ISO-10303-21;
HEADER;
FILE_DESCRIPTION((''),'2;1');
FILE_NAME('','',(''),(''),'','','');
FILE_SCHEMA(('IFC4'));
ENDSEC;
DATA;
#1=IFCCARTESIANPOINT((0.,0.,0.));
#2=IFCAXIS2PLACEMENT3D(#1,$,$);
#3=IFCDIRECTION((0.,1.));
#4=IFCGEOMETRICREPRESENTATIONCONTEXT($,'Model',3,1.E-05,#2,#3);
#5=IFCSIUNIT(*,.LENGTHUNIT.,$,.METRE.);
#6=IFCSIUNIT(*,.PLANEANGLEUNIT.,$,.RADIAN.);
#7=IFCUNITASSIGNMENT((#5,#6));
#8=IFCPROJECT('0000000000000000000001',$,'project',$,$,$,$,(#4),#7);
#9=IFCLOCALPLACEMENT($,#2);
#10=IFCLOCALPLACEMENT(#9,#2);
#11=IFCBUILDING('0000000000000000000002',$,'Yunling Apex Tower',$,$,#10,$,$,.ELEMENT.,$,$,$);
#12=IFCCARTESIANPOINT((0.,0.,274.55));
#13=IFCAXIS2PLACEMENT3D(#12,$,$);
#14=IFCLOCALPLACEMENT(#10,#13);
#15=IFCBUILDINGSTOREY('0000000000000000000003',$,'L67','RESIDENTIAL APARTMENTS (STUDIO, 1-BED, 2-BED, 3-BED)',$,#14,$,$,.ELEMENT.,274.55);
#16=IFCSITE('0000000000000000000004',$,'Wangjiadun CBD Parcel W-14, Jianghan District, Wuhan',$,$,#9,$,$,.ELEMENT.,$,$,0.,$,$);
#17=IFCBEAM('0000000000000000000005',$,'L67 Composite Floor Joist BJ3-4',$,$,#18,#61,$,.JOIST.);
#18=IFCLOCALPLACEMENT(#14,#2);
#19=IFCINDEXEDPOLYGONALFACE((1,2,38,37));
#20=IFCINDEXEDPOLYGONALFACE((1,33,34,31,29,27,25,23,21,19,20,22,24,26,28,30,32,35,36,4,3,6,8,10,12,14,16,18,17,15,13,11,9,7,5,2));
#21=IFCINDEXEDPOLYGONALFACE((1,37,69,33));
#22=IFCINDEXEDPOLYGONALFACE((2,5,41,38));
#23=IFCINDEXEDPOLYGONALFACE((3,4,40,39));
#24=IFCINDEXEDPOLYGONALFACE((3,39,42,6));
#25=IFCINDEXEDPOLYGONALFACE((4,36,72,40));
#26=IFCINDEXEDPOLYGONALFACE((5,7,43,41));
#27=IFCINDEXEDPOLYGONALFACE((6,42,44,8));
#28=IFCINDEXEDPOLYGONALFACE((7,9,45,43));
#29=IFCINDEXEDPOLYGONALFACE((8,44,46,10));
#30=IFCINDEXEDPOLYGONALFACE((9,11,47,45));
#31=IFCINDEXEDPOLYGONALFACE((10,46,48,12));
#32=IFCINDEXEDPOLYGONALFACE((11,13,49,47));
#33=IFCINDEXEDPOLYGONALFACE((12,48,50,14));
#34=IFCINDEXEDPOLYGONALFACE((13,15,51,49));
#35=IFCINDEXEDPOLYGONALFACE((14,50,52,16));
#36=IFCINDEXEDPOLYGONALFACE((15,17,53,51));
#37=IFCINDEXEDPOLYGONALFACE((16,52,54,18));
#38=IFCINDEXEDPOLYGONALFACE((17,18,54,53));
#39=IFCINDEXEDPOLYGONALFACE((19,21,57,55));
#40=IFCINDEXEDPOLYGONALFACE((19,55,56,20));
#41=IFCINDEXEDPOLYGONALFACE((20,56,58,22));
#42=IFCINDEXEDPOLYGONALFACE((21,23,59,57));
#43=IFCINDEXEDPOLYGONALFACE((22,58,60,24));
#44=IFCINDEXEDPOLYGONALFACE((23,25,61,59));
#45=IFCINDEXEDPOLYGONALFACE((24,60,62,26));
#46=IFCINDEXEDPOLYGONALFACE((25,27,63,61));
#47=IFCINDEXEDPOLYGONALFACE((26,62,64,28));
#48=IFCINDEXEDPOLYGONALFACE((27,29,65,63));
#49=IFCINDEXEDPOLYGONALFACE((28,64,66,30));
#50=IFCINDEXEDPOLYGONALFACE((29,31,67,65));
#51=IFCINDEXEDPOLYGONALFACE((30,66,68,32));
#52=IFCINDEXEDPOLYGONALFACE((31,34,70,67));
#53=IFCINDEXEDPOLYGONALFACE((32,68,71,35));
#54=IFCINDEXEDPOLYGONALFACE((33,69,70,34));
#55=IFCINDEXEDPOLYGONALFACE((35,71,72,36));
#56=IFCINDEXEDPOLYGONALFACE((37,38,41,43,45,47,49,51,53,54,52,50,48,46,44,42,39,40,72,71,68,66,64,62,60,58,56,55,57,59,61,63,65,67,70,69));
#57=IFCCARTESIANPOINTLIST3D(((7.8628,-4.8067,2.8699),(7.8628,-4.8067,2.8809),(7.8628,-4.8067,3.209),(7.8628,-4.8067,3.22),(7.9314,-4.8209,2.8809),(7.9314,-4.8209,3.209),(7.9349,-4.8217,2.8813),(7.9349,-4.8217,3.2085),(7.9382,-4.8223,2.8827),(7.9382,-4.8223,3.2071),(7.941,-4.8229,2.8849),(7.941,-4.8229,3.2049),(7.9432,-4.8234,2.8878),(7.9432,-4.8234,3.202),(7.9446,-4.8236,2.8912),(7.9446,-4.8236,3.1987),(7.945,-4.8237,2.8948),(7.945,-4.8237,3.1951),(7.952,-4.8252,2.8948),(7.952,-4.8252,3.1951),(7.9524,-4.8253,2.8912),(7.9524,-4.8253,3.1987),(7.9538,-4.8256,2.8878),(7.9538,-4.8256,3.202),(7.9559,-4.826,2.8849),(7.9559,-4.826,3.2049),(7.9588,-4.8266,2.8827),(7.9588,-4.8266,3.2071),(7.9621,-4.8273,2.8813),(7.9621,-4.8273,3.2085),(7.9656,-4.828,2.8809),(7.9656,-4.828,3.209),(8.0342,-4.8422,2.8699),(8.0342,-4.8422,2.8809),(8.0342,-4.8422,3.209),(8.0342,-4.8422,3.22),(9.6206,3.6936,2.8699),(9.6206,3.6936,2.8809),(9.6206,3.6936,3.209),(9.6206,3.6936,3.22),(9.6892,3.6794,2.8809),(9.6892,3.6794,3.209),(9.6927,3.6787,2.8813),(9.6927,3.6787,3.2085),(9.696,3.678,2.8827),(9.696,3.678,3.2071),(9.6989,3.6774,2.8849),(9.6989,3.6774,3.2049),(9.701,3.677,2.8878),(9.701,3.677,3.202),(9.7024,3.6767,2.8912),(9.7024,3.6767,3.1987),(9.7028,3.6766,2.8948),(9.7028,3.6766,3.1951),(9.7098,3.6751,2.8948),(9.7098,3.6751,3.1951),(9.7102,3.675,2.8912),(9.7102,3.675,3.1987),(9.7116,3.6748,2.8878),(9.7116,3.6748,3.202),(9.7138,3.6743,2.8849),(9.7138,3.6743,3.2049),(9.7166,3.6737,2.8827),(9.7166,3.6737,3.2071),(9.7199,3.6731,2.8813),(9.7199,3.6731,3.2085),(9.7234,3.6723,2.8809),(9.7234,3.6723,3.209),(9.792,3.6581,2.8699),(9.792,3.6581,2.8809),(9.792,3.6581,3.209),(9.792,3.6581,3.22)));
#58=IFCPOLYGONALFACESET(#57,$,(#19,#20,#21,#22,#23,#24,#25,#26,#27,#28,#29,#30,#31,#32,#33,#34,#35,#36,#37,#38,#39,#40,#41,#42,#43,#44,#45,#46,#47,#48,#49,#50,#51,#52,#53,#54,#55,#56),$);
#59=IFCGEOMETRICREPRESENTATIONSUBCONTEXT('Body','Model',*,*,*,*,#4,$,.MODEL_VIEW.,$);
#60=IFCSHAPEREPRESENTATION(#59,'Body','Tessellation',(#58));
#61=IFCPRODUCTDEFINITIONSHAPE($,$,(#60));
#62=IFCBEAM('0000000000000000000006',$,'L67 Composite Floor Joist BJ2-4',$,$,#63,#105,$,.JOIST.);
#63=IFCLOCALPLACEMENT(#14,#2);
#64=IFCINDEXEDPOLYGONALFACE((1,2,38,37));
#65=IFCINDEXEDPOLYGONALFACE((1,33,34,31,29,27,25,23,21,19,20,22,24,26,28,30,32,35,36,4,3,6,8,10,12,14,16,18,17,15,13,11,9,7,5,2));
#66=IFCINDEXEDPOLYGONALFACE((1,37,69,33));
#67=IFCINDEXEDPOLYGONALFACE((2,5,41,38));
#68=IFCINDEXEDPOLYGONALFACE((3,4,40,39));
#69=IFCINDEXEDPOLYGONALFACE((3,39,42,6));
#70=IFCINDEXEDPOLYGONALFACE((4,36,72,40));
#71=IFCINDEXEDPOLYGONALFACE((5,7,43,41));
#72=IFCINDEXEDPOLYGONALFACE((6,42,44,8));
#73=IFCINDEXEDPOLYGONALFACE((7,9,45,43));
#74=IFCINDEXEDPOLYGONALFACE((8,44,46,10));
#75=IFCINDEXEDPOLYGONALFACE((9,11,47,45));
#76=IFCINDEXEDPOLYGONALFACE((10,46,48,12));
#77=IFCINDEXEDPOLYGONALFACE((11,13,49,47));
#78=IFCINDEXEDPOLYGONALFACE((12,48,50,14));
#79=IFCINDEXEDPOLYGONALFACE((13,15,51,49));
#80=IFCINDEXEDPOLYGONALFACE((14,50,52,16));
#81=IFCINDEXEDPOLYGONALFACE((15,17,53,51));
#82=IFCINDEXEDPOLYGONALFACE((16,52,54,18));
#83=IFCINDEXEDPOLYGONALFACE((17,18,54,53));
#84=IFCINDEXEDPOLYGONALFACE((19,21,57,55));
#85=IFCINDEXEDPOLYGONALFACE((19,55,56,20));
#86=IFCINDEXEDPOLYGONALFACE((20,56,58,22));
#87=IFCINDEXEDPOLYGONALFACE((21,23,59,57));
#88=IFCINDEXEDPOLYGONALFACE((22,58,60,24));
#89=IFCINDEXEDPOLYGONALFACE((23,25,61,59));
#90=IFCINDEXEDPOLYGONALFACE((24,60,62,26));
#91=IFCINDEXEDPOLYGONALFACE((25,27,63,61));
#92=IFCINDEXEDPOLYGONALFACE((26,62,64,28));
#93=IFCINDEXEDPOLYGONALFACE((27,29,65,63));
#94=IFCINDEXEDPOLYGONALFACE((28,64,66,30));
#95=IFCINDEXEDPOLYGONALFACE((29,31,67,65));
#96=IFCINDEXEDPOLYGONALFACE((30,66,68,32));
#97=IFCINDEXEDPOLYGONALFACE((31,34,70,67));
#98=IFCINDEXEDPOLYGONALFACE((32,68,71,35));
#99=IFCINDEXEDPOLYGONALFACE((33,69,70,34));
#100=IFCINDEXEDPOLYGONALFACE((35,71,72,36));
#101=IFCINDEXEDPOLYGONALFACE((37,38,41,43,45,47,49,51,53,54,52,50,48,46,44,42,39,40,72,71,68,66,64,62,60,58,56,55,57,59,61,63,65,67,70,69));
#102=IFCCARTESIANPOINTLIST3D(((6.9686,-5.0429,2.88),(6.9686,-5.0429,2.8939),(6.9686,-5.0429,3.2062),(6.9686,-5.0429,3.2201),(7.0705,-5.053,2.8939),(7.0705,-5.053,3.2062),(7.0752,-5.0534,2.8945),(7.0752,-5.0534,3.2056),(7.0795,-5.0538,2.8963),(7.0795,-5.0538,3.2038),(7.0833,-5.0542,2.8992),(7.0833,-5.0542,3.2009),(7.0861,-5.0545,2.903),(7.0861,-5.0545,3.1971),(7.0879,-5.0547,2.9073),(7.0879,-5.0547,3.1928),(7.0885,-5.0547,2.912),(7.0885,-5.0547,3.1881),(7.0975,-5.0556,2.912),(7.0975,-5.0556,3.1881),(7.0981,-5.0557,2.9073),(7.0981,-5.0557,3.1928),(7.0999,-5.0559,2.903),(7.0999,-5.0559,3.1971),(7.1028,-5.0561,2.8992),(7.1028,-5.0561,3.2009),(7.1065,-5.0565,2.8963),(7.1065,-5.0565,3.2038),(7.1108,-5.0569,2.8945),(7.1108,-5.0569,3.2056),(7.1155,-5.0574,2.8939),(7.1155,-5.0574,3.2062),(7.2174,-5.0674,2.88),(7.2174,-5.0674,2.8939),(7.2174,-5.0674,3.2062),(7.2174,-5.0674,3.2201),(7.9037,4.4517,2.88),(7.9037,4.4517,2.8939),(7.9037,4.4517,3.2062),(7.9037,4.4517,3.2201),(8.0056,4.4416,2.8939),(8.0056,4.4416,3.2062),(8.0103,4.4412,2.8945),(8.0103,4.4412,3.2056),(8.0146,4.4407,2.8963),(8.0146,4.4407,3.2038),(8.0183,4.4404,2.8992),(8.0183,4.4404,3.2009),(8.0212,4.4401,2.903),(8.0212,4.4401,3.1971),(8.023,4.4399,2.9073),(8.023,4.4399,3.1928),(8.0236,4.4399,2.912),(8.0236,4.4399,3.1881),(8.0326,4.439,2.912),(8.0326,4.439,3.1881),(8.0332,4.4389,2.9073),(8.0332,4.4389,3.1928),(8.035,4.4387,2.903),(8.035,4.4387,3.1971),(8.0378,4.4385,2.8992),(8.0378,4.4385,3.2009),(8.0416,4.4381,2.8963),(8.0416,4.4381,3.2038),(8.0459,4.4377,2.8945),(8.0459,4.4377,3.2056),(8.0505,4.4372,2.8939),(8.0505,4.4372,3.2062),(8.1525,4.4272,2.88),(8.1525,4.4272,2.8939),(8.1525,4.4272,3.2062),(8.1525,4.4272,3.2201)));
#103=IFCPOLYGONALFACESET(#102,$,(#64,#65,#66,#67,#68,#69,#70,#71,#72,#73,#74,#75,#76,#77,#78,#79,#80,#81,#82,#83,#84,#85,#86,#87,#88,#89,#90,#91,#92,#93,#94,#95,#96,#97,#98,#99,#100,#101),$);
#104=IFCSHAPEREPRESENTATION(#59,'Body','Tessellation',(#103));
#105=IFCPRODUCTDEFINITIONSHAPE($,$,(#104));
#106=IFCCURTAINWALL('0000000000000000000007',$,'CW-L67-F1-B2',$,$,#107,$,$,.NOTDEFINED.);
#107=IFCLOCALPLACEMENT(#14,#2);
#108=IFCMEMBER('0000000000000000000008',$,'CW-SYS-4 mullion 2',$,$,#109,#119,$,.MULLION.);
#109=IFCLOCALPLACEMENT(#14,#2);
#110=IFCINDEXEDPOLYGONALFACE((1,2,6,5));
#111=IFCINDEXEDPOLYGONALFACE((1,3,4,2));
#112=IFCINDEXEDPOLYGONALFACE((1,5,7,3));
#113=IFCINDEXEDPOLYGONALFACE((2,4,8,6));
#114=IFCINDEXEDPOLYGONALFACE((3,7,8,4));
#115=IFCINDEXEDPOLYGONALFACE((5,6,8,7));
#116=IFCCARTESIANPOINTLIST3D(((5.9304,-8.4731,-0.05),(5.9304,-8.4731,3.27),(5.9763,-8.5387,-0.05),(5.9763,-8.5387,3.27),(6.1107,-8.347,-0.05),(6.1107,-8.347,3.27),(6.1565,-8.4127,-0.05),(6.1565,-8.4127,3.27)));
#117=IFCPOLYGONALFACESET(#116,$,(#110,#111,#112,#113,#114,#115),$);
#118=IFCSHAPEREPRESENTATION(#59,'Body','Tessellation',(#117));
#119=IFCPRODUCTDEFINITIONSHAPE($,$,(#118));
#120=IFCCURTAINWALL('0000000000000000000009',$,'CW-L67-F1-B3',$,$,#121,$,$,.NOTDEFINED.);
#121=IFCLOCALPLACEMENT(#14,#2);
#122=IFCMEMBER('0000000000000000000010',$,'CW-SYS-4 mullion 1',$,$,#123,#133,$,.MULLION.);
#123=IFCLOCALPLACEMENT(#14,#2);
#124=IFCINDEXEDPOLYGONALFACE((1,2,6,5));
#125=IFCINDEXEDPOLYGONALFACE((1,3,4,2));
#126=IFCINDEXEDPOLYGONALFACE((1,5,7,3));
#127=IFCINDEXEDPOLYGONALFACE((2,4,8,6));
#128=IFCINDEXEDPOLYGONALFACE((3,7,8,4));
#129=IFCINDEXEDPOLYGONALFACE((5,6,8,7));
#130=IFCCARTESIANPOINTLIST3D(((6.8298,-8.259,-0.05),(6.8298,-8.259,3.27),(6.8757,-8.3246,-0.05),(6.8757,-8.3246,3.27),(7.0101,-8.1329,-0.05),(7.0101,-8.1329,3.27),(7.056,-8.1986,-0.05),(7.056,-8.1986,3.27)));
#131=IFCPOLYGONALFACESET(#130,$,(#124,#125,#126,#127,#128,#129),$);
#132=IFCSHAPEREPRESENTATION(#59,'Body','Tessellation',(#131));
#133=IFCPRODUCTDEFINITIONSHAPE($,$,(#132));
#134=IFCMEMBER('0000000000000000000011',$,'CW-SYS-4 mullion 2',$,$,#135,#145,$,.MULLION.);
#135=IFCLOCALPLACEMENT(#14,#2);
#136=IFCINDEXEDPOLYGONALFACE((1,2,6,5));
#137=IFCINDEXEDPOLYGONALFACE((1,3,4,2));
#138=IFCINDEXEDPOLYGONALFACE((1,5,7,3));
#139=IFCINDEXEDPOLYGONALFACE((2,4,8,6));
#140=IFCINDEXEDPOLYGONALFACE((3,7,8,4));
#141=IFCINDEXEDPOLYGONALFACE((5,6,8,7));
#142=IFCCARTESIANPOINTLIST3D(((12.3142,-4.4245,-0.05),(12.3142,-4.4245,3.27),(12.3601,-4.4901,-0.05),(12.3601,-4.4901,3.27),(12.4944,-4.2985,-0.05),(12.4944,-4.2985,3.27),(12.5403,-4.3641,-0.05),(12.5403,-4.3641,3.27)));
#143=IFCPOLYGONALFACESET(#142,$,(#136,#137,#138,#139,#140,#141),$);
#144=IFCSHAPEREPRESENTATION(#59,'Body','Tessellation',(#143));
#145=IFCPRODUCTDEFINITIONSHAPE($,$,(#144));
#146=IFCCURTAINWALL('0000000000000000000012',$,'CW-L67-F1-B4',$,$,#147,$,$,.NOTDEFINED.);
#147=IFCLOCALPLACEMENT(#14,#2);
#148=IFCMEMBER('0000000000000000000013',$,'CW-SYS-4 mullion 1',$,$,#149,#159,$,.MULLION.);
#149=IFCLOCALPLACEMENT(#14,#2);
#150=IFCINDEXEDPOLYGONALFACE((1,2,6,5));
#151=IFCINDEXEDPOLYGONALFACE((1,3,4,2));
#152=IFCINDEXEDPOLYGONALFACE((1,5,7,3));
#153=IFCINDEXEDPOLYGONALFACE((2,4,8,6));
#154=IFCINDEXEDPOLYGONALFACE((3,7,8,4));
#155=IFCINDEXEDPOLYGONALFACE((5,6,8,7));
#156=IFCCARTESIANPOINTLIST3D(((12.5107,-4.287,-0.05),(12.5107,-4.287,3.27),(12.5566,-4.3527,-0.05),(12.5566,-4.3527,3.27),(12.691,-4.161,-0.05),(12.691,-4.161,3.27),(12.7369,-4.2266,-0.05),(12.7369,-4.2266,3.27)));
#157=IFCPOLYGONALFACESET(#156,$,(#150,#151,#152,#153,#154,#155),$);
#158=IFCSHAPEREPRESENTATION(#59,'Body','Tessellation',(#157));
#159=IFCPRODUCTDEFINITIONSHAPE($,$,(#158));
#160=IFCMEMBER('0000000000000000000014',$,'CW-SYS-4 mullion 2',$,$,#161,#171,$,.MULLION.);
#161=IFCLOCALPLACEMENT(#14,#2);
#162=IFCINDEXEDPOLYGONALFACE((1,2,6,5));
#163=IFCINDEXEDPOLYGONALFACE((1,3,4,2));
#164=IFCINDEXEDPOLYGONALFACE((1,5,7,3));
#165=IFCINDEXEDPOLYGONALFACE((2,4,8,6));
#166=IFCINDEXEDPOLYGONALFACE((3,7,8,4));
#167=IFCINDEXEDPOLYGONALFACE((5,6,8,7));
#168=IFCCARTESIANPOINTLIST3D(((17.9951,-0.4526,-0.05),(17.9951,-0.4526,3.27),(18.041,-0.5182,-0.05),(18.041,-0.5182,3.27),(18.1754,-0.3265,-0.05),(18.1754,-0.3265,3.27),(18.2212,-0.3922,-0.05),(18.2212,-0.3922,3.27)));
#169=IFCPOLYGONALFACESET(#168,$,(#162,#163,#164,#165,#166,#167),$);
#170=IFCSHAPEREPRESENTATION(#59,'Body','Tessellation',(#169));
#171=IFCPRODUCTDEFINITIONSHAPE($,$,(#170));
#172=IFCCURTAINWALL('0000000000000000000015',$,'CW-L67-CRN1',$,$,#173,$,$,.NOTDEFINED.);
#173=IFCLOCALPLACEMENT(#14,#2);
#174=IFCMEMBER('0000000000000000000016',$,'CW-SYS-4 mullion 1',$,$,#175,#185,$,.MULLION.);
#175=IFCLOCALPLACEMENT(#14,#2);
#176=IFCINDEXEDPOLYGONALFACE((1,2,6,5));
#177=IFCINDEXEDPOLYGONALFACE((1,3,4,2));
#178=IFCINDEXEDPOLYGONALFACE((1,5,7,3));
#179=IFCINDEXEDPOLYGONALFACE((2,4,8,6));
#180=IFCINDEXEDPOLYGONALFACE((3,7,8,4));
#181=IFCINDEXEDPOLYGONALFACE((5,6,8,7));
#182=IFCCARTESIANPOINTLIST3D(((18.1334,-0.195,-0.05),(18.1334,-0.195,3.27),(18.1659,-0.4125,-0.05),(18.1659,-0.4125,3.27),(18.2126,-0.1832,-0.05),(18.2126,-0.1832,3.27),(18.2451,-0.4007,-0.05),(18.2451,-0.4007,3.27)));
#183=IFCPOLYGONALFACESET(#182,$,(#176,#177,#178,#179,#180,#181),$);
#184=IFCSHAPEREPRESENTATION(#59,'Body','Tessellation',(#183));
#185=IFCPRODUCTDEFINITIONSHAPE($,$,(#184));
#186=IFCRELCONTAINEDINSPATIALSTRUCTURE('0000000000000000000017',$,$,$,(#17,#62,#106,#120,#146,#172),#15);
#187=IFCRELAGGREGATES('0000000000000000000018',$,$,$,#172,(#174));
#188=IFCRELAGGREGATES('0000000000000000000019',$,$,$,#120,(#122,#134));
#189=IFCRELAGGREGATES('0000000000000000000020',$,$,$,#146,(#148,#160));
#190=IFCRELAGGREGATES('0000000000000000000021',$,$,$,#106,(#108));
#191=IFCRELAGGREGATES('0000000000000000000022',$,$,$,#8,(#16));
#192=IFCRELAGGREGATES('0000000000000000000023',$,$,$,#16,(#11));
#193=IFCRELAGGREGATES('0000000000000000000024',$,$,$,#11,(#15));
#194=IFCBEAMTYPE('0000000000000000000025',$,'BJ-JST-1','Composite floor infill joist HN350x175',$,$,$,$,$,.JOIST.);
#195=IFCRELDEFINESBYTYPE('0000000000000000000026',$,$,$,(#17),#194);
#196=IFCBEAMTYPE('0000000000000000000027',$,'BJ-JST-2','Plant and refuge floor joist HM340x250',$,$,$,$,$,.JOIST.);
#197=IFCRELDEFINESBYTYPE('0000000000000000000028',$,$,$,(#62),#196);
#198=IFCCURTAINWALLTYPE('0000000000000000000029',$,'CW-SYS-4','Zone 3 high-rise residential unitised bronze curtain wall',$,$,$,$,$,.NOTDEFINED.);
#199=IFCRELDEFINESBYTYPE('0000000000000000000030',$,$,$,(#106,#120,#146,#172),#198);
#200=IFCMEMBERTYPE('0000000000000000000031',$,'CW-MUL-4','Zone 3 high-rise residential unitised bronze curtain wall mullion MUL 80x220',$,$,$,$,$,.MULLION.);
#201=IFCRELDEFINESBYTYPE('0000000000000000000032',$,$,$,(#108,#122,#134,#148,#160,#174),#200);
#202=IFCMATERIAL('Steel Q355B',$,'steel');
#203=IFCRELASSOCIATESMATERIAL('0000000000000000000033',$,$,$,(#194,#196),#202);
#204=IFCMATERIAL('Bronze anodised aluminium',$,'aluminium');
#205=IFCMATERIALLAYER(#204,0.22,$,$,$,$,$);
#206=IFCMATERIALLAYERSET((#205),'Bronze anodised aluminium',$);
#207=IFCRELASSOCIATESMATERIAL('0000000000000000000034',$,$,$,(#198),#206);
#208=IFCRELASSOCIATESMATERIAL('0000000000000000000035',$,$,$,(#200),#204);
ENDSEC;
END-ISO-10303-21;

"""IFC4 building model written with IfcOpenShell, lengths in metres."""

from ifc_helpers import new_model, si_unit, direction, frame, origin, origin_2d, place, context, subcontext, project, spatial, rectangle, i_section, extrude, source, transform, mapped, material, layer, layer_set, material_profile, profile_set, type_object, element, aggregate, save


model = new_model("IFC4")

# Units and contexts
model_context = context("Model", 3, precision=1e-05, world=origin(), true_north=direction((0.0, 1.0)))
body_context = subcontext(model_context, "Body", "Model", "MODEL_VIEW")
ifc_project = project(units=[si_unit("LENGTHUNIT", "METRE"), si_unit("PLANEANGLEUNIT", "RADIAN")], contexts=[model_context])

# Site, building, storey
site_placement = place(None, origin())
site = spatial("IfcSite", under=ifc_project, at=site_placement, Name="Wangjiadun CBD Parcel W-14, Jianghan District, Wuhan", CompositionType="ELEMENT", RefElevation=0.0)
building_placement = place(site_placement, origin())
building = spatial("IfcBuilding", under=site, at=building_placement, Name="Yunling Apex Tower", CompositionType="ELEMENT")
storey_placement = place(building_placement, frame((0.0, 0.0, 274.55)))
storey = spatial("IfcBuildingStorey", under=building, at=storey_placement, Name="L67", Description="RESIDENTIAL APARTMENTS (STUDIO, 1-BED, 2-BED, 3-BED)", CompositionType="ELEMENT", Elevation=274.55)

# Shared definitions
ifc_material_1 = material(Name="Steel Q355B", Category="steel")

# Beams
ifc_material_profile_1 = material_profile(ifc_material_1, i_section(OverallWidth=0.175, OverallDepth=0.3501, WebThickness=0.0071, FlangeThickness=0.011, FilletRadius=0.0139, at=origin_2d()))
ifc_profile_set_1 = profile_set([ifc_material_profile_1], Name="Steel Q355B")
beam_type_1 = type_object("IfcBeamType", Name="BJ-JST-1", Description="Composite floor infill joist HN350x175", PredefinedType="JOIST", material=ifc_profile_set_1)
shared_shape_1 = source(origin(), body_context, "Body", "SweptSolid", [
    extrude(i_section(OverallWidth=0.175, OverallDepth=0.3501, WebThickness=0.0071, FlangeThickness=0.011, FilletRadius=0.0139, at=origin_2d()), origin(), (0.0, 0.0, 1.0), 8.6802),
])
beam_1_placement = place(storey_placement, frame((7.9485, -4.8245, 3.0449), z_axis=(0.202511, 0.97928, 0.0), x_axis=(-0.97928, 0.202511, 0.0)))
element("IfcBeam", 1, at=beam_1_placement, inside=storey, type_object=beam_type_1, Name="L67 Composite Floor Joist BJ3-4", PredefinedType="JOIST", context=body_context, shape_type="MappedRepresentation", body=[
    mapped(shared_shape_1, transform((0.0, 0.0, 0.0), scale=1.0)),
])
ifc_material_profile_2 = material_profile(ifc_material_1, i_section(OverallWidth=0.25, OverallDepth=0.3401, WebThickness=0.009, FlangeThickness=0.0139, FilletRadius=0.0181, at=origin_2d()))
ifc_profile_set_2 = profile_set([ifc_material_profile_2], Name="Steel Q355B")
beam_type_2 = type_object("IfcBeamType", Name="BJ-JST-2", Description="Plant and refuge floor joist HM340x250", PredefinedType="JOIST", material=ifc_profile_set_2)
shared_shape_2 = source(origin(), body_context, "Body", "SweptSolid", [
    extrude(i_section(OverallWidth=0.25, OverallDepth=0.3401, WebThickness=0.009, FlangeThickness=0.0139, FilletRadius=0.0181, at=origin_2d()), origin(), (0.0, 0.0, 1.0), 9.5405),
])
beam_2_placement = place(storey_placement, frame((7.093, -5.0552, 3.05), z_axis=(0.098009, 0.995186, 0.0), x_axis=(-0.995186, 0.098009, 0.0)))
element("IfcBeam", 2, at=beam_2_placement, inside=storey, type_object=beam_type_2, Name="L67 Composite Floor Joist BJ2-4", PredefinedType="JOIST", context=body_context, shape_type="MappedRepresentation", body=[
    mapped(shared_shape_2, transform((0.0, 0.0, 0.0), scale=1.0)),
])

# Curtain wall, member
ifc_material_2 = material(Name="Bronze anodised aluminium", Category="aluminium")
ifc_layer_1 = layer(ifc_material_2, 0.22)
ifc_layer_set_1 = layer_set([ifc_layer_1], Name="Bronze anodised aluminium")
curtain_wall_type = type_object("IfcCurtainWallType", Name="CW-SYS-4", Description="Zone 3 high-rise residential unitised bronze curtain wall", PredefinedType="NOTDEFINED", material=ifc_layer_set_1)
curtain_wall_1_placement = place(storey_placement, origin())
curtain_wall_1 = element("IfcCurtainWall", 3, at=curtain_wall_1_placement, inside=storey, type_object=curtain_wall_type, Name="CW-L67-F1-B2", PredefinedType="NOTDEFINED")
ifc_material_profile_3 = material_profile(ifc_material_2, rectangle(XDim=0.0801, YDim=0.22, at=origin_2d()))
ifc_profile_set_3 = profile_set([ifc_material_profile_3], Name="Bronze anodised aluminium")
member_type_1 = type_object("IfcMemberType", Name="CW-MUL-4", Description="Zone 3 high-rise residential unitised bronze curtain wall mullion MUL 80x220", PredefinedType="MULLION", material=ifc_profile_set_3)
shared_shape_3 = source(origin(), body_context, "Body", "SweptSolid", [
    extrude(rectangle(XDim=0.0801, YDim=0.22, at=origin_2d()), origin(), (0.0, 0.0, 1.0), 3.3201),
])
member_1_placement = place(storey_placement, frame((6.0435, -8.4429, -0.05), z_axis=(0.0, 0.0, 1.0), x_axis=(-0.572999, 0.819556, 0.0)))
member_1 = element("IfcMember", 4, at=member_1_placement, type_object=member_type_1, Name="CW-SYS-4 mullion 2", PredefinedType="MULLION", context=body_context, shape_type="MappedRepresentation", body=[
    mapped(shared_shape_3, transform((0.0, 0.0, 0.0), scale=1.0)),
])

# Curtain walls, members
curtain_wall_2_placement = place(storey_placement, origin())
curtain_wall_2 = element("IfcCurtainWall", 5, at=curtain_wall_2_placement, inside=storey, type_object=curtain_wall_type, Name="CW-L67-F1-B3", PredefinedType="NOTDEFINED")
member_2_placement = place(storey_placement, frame((6.9429, -8.2288, -0.05), z_axis=(0.0, 0.0, 1.0), x_axis=(-0.57301, 0.819548, 0.0)))
member_2 = element("IfcMember", 6, at=member_2_placement, type_object=member_type_1, Name="CW-SYS-4 mullion 1", PredefinedType="MULLION", context=body_context, shape_type="MappedRepresentation", body=[
    mapped(shared_shape_3, transform((0.0, 0.0, 0.0), scale=1.0)),
])
member_3_placement = place(storey_placement, frame((12.4272, -4.3943, -0.05), z_axis=(0.0, 0.0, 1.0), x_axis=(-0.57301, 0.819548, 0.0)))
member_3 = element("IfcMember", 7, at=member_3_placement, type_object=member_type_1, Name="CW-SYS-4 mullion 2", PredefinedType="MULLION", context=body_context, shape_type="MappedRepresentation", body=[
    mapped(shared_shape_3, transform((0.0, 0.0, 0.0), scale=1.0)),
])
curtain_wall_3_placement = place(storey_placement, origin())
curtain_wall_3 = element("IfcCurtainWall", 8, at=curtain_wall_3_placement, inside=storey, type_object=curtain_wall_type, Name="CW-L67-F1-B4", PredefinedType="NOTDEFINED")
member_4_placement = place(storey_placement, frame((12.6238, -4.2568, -0.05), z_axis=(0.0, 0.0, 1.0), x_axis=(-0.573, 0.819555, 0.0)))
member_4 = element("IfcMember", 9, at=member_4_placement, type_object=member_type_1, Name="CW-SYS-4 mullion 1", PredefinedType="MULLION", context=body_context, shape_type="MappedRepresentation", body=[
    mapped(shared_shape_3, transform((0.0, 0.0, 0.0), scale=1.0)),
])
member_5_placement = place(storey_placement, frame((18.1082, -0.4224, -0.05), z_axis=(0.0, 0.0, 1.0), x_axis=(-0.573, 0.819555, 0.0)))
member_5 = element("IfcMember", 10, at=member_5_placement, type_object=member_type_1, Name="CW-SYS-4 mullion 2", PredefinedType="MULLION", context=body_context, shape_type="MappedRepresentation", body=[
    mapped(shared_shape_3, transform((0.0, 0.0, 0.0), scale=1.0)),
])

# Curtain wall, member
curtain_wall_4_placement = place(storey_placement, origin())
curtain_wall_4 = element("IfcCurtainWall", 11, at=curtain_wall_4_placement, inside=storey, type_object=curtain_wall_type, Name="CW-L67-CRN1", PredefinedType="NOTDEFINED")
member_6_placement = place(storey_placement, frame((18.1892, -0.2979, -0.05), z_axis=(0.0, 0.0, 1.0), x_axis=(-0.989017, -0.147803, 0.0)))
member_6 = element("IfcMember", 12, at=member_6_placement, type_object=member_type_1, Name="CW-SYS-4 mullion 1", PredefinedType="MULLION", context=body_context, shape_type="MappedRepresentation", body=[
    mapped(shared_shape_3, transform((0.0, 0.0, 0.0), scale=1.0)),
])

aggregate(curtain_wall_4, [member_6])

aggregate(curtain_wall_2, [member_2, member_3])
aggregate(curtain_wall_3, [member_4, member_5])
aggregate(curtain_wall_1, [member_1])

save(model, "model.ifc")
